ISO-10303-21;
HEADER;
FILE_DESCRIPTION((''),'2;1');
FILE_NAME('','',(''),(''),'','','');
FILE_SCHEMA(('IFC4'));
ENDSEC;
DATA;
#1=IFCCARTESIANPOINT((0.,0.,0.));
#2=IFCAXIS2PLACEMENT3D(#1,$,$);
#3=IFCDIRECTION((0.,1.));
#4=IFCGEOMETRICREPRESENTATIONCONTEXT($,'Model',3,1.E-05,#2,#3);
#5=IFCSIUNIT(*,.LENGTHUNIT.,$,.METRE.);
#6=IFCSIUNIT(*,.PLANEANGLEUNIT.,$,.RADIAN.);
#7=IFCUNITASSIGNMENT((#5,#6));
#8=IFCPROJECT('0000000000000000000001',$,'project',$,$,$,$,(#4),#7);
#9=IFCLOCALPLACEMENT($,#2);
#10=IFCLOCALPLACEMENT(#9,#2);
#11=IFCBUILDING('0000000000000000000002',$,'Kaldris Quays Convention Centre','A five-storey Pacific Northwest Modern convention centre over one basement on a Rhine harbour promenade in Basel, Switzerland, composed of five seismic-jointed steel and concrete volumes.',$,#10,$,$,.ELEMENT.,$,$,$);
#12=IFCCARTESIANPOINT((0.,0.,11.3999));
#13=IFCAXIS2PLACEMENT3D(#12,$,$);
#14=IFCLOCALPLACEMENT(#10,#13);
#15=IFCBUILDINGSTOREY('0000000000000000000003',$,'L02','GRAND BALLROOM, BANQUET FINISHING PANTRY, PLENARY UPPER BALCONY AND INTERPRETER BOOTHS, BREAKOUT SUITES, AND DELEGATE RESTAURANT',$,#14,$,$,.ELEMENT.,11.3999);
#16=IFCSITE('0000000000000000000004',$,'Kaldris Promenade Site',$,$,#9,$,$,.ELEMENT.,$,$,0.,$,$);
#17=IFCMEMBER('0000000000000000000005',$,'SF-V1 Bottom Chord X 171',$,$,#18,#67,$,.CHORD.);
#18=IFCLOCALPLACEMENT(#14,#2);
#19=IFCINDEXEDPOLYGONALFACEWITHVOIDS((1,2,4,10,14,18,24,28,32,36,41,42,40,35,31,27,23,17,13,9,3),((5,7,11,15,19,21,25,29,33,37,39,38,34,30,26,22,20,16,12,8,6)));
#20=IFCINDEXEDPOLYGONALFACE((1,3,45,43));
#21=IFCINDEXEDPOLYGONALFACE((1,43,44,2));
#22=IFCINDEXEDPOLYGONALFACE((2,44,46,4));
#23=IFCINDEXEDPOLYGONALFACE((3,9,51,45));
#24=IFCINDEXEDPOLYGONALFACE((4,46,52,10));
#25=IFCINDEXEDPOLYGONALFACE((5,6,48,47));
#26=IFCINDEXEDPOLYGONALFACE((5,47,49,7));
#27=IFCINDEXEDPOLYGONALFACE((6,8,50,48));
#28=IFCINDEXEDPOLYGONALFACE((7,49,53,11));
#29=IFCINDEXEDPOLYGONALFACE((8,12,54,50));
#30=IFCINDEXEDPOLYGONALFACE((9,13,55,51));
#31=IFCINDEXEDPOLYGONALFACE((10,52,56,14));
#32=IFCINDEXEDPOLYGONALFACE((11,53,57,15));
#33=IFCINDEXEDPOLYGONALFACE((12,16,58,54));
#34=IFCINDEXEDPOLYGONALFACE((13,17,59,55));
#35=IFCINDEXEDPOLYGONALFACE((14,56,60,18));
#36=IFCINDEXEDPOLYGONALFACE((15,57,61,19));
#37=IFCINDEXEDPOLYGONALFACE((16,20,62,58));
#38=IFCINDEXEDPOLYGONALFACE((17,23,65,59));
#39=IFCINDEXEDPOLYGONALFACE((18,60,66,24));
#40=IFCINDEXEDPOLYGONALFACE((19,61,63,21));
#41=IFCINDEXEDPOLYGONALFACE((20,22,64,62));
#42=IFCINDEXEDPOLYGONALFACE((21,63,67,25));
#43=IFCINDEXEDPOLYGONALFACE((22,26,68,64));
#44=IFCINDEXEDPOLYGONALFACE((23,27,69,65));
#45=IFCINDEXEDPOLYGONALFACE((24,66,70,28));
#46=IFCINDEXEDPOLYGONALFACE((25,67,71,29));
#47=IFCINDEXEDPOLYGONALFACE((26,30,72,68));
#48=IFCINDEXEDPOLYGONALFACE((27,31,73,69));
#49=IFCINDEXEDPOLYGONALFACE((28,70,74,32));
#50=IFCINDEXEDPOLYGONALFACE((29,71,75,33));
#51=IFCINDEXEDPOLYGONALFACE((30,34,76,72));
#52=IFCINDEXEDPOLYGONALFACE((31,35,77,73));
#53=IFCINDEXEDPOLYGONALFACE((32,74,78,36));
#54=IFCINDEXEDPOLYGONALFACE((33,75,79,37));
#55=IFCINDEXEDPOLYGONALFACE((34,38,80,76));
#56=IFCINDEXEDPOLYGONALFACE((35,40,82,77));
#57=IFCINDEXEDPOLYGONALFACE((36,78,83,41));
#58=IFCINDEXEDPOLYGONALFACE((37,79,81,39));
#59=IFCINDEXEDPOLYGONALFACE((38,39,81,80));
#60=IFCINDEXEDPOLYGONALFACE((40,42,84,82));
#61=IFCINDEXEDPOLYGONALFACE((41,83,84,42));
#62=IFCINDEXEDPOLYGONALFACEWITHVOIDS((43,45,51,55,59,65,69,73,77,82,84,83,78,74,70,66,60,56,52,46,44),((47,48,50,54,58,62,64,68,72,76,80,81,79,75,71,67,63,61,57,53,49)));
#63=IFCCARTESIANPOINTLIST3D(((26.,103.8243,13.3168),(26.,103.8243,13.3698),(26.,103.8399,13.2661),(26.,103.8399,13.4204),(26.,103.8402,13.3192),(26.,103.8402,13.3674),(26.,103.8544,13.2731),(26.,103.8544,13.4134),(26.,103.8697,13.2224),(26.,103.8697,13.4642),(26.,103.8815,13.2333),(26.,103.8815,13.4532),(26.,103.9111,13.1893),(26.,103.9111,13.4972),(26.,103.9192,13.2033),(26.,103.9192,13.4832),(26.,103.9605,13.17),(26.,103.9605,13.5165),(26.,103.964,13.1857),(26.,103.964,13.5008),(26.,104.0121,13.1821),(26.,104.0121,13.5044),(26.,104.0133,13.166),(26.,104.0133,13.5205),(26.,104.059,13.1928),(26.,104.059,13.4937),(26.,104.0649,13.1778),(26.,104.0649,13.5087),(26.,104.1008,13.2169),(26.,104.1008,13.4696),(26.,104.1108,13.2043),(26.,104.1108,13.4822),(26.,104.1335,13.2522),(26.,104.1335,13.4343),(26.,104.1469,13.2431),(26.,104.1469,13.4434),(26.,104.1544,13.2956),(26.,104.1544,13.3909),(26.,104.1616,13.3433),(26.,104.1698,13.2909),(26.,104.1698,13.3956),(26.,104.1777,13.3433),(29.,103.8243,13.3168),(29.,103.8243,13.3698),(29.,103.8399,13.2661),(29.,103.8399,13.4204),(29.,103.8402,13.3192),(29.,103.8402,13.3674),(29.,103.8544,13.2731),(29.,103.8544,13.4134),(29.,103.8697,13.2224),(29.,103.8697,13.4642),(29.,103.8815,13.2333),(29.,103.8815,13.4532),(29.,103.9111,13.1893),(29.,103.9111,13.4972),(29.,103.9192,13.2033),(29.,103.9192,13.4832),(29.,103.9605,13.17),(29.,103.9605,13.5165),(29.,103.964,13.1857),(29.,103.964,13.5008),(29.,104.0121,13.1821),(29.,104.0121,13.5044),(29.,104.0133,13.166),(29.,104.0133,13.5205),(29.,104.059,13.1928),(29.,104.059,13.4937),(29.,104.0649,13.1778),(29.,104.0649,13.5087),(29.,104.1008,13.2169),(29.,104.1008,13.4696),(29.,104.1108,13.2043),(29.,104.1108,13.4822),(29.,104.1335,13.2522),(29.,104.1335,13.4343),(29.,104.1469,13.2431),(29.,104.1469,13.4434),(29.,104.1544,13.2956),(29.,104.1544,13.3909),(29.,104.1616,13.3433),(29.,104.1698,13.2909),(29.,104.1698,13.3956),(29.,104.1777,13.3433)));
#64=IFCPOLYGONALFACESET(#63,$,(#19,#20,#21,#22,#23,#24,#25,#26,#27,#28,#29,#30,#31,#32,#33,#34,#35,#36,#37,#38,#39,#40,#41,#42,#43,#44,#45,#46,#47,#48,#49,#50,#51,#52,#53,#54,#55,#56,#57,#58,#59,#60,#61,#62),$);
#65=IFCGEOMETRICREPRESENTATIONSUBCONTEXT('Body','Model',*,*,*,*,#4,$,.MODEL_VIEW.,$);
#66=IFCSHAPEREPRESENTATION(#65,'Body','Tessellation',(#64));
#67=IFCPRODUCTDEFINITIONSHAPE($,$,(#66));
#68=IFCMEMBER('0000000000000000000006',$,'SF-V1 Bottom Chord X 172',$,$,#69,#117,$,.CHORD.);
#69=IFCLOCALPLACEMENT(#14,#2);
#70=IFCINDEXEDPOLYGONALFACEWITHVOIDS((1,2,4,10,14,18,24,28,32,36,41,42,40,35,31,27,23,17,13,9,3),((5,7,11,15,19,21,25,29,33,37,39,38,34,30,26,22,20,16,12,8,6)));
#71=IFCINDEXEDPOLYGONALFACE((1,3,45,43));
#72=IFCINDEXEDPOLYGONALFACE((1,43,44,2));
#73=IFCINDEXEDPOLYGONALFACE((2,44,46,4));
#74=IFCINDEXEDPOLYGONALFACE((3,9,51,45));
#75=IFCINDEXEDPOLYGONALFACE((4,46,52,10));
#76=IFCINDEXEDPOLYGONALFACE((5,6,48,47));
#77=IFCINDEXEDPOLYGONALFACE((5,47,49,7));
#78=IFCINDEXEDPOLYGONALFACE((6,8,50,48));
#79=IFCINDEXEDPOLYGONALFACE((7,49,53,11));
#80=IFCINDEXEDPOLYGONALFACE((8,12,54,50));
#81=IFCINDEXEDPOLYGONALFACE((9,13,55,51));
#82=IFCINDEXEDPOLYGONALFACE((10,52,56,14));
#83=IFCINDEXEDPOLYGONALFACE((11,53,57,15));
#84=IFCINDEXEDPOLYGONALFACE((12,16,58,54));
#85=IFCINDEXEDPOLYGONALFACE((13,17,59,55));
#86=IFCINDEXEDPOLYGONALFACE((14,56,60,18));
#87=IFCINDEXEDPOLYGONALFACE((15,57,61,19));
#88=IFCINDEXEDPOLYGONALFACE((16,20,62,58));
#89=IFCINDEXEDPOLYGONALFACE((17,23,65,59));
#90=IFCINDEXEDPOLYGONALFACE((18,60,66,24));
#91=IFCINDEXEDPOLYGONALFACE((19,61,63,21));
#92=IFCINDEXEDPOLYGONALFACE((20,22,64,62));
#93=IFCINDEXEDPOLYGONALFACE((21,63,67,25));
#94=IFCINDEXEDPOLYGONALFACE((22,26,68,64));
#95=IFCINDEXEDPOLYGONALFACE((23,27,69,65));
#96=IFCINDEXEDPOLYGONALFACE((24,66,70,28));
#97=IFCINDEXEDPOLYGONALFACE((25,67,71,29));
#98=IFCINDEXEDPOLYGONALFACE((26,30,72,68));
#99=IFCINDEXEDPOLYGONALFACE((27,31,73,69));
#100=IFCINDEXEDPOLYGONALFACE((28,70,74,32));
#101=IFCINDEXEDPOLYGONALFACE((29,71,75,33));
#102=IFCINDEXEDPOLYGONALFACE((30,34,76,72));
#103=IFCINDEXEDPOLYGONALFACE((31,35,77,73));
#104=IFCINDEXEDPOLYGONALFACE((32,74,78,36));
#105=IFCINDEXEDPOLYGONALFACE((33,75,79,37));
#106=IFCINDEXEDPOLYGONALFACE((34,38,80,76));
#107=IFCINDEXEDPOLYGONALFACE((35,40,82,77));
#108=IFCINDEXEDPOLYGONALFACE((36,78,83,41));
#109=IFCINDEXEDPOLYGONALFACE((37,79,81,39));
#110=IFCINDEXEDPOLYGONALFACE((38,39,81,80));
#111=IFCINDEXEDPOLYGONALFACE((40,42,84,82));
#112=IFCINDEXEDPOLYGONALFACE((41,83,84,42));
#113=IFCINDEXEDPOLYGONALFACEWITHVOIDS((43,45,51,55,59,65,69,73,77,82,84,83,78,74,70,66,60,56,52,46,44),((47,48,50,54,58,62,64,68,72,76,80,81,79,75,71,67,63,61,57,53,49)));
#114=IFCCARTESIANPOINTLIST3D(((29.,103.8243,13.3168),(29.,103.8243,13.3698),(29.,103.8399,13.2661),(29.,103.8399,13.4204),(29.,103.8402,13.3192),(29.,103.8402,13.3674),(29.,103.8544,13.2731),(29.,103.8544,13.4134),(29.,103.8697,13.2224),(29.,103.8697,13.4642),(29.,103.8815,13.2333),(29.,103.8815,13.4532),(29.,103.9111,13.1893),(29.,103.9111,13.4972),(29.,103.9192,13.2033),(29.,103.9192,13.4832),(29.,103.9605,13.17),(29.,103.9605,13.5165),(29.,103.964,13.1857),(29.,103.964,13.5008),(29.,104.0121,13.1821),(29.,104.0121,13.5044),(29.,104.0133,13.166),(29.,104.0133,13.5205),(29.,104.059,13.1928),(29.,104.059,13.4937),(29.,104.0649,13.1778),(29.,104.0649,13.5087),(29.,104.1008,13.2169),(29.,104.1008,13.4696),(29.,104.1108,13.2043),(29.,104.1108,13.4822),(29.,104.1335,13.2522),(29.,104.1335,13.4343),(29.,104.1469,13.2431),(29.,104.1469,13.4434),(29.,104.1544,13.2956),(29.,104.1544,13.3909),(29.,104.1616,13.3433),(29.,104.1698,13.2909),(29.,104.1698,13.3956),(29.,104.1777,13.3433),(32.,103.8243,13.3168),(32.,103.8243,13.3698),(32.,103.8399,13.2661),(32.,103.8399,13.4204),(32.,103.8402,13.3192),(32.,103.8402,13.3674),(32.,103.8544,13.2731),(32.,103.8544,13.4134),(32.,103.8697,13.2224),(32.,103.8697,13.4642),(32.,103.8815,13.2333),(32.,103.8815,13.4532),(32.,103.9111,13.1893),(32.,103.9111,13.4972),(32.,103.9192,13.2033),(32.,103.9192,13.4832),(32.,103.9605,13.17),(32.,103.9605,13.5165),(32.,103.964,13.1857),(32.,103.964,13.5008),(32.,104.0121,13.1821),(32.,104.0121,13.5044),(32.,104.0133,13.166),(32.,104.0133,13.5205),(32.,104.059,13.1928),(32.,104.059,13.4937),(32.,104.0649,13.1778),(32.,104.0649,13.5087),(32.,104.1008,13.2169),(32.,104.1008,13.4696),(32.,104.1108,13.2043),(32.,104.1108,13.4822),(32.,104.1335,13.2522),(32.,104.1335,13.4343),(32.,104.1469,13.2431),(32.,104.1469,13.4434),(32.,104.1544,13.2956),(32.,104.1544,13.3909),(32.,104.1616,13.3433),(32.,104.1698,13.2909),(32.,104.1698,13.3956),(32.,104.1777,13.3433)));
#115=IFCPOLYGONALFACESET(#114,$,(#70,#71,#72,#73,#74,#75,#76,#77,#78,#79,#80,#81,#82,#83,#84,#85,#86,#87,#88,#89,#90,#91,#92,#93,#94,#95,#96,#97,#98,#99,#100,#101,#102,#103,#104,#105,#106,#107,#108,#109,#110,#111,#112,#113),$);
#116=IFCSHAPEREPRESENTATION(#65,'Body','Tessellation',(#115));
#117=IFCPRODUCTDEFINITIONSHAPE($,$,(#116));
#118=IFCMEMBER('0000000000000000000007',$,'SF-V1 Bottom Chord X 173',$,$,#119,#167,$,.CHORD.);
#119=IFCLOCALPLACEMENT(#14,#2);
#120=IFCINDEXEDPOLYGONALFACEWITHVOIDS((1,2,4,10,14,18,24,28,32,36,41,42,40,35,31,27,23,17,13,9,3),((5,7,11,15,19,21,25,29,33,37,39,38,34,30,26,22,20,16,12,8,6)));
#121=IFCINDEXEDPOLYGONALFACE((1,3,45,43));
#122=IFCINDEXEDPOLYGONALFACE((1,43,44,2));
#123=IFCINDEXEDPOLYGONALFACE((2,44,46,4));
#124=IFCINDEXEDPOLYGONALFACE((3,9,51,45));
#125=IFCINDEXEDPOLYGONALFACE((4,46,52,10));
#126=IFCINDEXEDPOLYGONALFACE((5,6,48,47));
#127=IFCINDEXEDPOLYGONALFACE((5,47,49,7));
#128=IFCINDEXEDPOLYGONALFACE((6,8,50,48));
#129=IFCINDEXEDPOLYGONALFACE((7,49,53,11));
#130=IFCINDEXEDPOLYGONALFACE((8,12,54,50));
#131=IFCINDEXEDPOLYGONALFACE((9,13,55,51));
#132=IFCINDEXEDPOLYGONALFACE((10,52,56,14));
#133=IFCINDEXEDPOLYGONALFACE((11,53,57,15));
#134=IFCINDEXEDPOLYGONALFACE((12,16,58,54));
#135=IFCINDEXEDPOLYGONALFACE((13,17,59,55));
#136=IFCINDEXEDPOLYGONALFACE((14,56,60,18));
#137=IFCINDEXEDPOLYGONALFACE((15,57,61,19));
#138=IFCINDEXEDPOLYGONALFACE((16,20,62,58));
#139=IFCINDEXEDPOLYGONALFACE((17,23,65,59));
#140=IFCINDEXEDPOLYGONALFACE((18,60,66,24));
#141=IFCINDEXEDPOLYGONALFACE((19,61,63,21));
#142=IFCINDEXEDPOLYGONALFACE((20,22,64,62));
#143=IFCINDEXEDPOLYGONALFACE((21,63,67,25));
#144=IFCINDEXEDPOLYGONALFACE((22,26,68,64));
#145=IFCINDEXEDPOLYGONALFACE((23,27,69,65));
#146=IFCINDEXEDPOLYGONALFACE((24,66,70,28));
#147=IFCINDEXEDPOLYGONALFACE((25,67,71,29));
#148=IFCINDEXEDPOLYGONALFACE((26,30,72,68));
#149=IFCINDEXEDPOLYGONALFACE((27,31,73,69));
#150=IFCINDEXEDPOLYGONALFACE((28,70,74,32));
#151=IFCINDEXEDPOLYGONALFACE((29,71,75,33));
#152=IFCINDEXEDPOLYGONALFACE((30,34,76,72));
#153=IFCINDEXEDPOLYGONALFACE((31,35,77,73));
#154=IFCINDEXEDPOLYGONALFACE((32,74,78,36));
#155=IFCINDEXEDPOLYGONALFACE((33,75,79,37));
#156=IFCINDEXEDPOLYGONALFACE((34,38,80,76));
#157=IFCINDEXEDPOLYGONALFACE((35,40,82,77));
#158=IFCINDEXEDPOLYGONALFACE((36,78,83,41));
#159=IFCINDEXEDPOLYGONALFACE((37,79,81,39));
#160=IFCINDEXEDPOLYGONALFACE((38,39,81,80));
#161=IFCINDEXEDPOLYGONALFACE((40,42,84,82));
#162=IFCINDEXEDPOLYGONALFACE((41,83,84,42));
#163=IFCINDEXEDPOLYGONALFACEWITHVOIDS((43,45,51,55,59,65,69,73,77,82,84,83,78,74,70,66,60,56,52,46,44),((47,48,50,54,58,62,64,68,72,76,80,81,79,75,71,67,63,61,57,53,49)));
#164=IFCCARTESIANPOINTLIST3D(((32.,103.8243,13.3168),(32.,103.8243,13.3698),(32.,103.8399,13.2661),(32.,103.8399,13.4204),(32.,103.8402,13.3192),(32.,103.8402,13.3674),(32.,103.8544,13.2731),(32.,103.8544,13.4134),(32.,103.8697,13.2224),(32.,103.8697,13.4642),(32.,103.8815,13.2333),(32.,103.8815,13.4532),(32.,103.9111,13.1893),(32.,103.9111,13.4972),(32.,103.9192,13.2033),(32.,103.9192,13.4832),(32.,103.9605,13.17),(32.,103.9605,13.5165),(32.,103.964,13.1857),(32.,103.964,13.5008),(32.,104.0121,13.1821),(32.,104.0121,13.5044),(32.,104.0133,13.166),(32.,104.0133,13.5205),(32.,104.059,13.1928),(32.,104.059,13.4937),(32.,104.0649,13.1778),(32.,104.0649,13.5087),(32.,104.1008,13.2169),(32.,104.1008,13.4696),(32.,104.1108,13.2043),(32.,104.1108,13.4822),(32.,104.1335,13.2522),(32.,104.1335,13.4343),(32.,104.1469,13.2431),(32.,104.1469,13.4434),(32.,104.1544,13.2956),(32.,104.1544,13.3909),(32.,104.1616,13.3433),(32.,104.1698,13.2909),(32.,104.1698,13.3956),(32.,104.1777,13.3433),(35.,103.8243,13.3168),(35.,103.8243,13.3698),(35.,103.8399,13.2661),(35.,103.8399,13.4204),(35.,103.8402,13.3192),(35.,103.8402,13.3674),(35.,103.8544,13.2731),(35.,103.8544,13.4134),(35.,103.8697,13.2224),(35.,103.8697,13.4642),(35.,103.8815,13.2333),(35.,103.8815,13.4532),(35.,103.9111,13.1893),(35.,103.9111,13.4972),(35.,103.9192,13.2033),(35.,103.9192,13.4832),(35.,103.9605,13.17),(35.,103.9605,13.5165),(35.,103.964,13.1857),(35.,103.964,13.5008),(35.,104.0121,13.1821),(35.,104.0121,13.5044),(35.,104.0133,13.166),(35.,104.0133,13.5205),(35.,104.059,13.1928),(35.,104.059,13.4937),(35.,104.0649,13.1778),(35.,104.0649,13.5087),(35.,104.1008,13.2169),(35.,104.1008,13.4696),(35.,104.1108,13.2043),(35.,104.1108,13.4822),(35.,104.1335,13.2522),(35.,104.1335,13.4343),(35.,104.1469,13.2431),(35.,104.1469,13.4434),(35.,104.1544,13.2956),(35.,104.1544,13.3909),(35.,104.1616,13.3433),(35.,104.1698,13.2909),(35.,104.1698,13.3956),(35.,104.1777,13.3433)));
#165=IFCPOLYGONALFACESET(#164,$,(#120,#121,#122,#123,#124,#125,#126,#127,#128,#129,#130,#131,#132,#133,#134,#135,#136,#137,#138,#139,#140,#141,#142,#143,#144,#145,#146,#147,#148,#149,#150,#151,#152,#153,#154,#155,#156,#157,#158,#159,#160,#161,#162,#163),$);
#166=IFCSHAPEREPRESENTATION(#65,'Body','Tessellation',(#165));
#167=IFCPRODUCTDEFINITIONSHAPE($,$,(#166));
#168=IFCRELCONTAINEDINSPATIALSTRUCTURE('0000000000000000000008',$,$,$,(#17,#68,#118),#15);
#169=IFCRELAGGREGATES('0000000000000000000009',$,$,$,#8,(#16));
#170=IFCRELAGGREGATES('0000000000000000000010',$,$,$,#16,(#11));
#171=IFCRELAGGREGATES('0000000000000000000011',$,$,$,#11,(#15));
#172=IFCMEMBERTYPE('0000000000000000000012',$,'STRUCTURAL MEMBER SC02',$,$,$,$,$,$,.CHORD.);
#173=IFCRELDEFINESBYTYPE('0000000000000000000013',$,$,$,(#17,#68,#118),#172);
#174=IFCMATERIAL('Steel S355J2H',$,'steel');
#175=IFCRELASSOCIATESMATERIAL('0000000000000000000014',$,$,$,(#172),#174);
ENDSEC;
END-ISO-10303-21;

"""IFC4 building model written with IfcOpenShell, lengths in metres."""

from ifc_helpers import new_model, si_unit, direction, frame, origin, origin_2d, place, context, subcontext, project, spatial, hollow_circle, extrude, material, material_profile, profile_set, type_object, element, save


model = new_model("IFC4")

# Units and contexts
model_context = context("Model", 3, precision=1e-05, world=origin(), true_north=direction((0.0, 1.0)))
body_context = subcontext(model_context, "Body", "Model", "MODEL_VIEW")
ifc_project = project(units=[si_unit("LENGTHUNIT", "METRE"), si_unit("PLANEANGLEUNIT", "RADIAN")], contexts=[model_context])

# Site, building, storey
site_placement = place(None, origin())
site = spatial("IfcSite", under=ifc_project, at=site_placement, Name="Kaldris Promenade Site", CompositionType="ELEMENT", RefElevation=0.0)
building_placement = place(site_placement, origin())
building = spatial("IfcBuilding", under=site, at=building_placement, Name="Kaldris Quays Convention Centre", Description="A five-storey Pacific Northwest Modern convention centre over one basement on a Rhine harbour promenade in Basel, Switzerland, composed of five seismic-jointed steel and concrete volumes.", CompositionType="ELEMENT")
storey_placement = place(building_placement, frame((0.0, 0.0, 11.3999)))
storey = spatial("IfcBuildingStorey", under=building, at=storey_placement, Name="L02", Description="GRAND BALLROOM, BANQUET FINISHING PANTRY, PLENARY UPPER BALCONY AND INTERPRETER BOOTHS, BREAKOUT SUITES, AND DELEGATE RESTAURANT", CompositionType="ELEMENT", Elevation=11.3999)

# Members
ifc_material_1 = material(Name="Steel S355J2H", Category="steel")
ifc_material_profile_1 = material_profile(ifc_material_1, hollow_circle(Radius=0.1777, WallThickness=0.0161, at=origin_2d()), Name="CHS 355.6x16")
ifc_profile_set_1 = profile_set([ifc_material_profile_1], Name="Steel S355J2H")
member_type_1 = type_object("IfcMemberType", Name="STRUCTURAL MEMBER SC02", PredefinedType="CHORD", material=ifc_profile_set_1)
for number, where, z_axis, x_axis, name in (
    (1, (26.0, 104.0, 13.3433), (1.0, 0.0, 0.0), (0.0, 1.0, 0.0), "SF-V1 Bottom Chord X 171"),
    (2, (29.0, 104.0, 13.3433), (1.0, 0.0, 0.0), (0.0, 1.0, 0.0), "SF-V1 Bottom Chord X 172"),
    (3, (32.0, 104.0, 13.3433), (1.0, 0.0, 0.0), (0.0, 1.0, 0.0), "SF-V1 Bottom Chord X 173"),
):
    element("IfcMember", number, at=place(storey_placement, frame(where, z_axis=z_axis, x_axis=x_axis)), inside=storey, type_object=member_type_1, Name=name, PredefinedType="CHORD", context=body_context, shape_type="SweptSolid", body=[
        extrude(hollow_circle(Radius=0.1777, WallThickness=0.0161, at=origin_2d()), origin(), (0.0, 0.0, 1.0), 3.0),
    ])

save(model, "model.ifc")
